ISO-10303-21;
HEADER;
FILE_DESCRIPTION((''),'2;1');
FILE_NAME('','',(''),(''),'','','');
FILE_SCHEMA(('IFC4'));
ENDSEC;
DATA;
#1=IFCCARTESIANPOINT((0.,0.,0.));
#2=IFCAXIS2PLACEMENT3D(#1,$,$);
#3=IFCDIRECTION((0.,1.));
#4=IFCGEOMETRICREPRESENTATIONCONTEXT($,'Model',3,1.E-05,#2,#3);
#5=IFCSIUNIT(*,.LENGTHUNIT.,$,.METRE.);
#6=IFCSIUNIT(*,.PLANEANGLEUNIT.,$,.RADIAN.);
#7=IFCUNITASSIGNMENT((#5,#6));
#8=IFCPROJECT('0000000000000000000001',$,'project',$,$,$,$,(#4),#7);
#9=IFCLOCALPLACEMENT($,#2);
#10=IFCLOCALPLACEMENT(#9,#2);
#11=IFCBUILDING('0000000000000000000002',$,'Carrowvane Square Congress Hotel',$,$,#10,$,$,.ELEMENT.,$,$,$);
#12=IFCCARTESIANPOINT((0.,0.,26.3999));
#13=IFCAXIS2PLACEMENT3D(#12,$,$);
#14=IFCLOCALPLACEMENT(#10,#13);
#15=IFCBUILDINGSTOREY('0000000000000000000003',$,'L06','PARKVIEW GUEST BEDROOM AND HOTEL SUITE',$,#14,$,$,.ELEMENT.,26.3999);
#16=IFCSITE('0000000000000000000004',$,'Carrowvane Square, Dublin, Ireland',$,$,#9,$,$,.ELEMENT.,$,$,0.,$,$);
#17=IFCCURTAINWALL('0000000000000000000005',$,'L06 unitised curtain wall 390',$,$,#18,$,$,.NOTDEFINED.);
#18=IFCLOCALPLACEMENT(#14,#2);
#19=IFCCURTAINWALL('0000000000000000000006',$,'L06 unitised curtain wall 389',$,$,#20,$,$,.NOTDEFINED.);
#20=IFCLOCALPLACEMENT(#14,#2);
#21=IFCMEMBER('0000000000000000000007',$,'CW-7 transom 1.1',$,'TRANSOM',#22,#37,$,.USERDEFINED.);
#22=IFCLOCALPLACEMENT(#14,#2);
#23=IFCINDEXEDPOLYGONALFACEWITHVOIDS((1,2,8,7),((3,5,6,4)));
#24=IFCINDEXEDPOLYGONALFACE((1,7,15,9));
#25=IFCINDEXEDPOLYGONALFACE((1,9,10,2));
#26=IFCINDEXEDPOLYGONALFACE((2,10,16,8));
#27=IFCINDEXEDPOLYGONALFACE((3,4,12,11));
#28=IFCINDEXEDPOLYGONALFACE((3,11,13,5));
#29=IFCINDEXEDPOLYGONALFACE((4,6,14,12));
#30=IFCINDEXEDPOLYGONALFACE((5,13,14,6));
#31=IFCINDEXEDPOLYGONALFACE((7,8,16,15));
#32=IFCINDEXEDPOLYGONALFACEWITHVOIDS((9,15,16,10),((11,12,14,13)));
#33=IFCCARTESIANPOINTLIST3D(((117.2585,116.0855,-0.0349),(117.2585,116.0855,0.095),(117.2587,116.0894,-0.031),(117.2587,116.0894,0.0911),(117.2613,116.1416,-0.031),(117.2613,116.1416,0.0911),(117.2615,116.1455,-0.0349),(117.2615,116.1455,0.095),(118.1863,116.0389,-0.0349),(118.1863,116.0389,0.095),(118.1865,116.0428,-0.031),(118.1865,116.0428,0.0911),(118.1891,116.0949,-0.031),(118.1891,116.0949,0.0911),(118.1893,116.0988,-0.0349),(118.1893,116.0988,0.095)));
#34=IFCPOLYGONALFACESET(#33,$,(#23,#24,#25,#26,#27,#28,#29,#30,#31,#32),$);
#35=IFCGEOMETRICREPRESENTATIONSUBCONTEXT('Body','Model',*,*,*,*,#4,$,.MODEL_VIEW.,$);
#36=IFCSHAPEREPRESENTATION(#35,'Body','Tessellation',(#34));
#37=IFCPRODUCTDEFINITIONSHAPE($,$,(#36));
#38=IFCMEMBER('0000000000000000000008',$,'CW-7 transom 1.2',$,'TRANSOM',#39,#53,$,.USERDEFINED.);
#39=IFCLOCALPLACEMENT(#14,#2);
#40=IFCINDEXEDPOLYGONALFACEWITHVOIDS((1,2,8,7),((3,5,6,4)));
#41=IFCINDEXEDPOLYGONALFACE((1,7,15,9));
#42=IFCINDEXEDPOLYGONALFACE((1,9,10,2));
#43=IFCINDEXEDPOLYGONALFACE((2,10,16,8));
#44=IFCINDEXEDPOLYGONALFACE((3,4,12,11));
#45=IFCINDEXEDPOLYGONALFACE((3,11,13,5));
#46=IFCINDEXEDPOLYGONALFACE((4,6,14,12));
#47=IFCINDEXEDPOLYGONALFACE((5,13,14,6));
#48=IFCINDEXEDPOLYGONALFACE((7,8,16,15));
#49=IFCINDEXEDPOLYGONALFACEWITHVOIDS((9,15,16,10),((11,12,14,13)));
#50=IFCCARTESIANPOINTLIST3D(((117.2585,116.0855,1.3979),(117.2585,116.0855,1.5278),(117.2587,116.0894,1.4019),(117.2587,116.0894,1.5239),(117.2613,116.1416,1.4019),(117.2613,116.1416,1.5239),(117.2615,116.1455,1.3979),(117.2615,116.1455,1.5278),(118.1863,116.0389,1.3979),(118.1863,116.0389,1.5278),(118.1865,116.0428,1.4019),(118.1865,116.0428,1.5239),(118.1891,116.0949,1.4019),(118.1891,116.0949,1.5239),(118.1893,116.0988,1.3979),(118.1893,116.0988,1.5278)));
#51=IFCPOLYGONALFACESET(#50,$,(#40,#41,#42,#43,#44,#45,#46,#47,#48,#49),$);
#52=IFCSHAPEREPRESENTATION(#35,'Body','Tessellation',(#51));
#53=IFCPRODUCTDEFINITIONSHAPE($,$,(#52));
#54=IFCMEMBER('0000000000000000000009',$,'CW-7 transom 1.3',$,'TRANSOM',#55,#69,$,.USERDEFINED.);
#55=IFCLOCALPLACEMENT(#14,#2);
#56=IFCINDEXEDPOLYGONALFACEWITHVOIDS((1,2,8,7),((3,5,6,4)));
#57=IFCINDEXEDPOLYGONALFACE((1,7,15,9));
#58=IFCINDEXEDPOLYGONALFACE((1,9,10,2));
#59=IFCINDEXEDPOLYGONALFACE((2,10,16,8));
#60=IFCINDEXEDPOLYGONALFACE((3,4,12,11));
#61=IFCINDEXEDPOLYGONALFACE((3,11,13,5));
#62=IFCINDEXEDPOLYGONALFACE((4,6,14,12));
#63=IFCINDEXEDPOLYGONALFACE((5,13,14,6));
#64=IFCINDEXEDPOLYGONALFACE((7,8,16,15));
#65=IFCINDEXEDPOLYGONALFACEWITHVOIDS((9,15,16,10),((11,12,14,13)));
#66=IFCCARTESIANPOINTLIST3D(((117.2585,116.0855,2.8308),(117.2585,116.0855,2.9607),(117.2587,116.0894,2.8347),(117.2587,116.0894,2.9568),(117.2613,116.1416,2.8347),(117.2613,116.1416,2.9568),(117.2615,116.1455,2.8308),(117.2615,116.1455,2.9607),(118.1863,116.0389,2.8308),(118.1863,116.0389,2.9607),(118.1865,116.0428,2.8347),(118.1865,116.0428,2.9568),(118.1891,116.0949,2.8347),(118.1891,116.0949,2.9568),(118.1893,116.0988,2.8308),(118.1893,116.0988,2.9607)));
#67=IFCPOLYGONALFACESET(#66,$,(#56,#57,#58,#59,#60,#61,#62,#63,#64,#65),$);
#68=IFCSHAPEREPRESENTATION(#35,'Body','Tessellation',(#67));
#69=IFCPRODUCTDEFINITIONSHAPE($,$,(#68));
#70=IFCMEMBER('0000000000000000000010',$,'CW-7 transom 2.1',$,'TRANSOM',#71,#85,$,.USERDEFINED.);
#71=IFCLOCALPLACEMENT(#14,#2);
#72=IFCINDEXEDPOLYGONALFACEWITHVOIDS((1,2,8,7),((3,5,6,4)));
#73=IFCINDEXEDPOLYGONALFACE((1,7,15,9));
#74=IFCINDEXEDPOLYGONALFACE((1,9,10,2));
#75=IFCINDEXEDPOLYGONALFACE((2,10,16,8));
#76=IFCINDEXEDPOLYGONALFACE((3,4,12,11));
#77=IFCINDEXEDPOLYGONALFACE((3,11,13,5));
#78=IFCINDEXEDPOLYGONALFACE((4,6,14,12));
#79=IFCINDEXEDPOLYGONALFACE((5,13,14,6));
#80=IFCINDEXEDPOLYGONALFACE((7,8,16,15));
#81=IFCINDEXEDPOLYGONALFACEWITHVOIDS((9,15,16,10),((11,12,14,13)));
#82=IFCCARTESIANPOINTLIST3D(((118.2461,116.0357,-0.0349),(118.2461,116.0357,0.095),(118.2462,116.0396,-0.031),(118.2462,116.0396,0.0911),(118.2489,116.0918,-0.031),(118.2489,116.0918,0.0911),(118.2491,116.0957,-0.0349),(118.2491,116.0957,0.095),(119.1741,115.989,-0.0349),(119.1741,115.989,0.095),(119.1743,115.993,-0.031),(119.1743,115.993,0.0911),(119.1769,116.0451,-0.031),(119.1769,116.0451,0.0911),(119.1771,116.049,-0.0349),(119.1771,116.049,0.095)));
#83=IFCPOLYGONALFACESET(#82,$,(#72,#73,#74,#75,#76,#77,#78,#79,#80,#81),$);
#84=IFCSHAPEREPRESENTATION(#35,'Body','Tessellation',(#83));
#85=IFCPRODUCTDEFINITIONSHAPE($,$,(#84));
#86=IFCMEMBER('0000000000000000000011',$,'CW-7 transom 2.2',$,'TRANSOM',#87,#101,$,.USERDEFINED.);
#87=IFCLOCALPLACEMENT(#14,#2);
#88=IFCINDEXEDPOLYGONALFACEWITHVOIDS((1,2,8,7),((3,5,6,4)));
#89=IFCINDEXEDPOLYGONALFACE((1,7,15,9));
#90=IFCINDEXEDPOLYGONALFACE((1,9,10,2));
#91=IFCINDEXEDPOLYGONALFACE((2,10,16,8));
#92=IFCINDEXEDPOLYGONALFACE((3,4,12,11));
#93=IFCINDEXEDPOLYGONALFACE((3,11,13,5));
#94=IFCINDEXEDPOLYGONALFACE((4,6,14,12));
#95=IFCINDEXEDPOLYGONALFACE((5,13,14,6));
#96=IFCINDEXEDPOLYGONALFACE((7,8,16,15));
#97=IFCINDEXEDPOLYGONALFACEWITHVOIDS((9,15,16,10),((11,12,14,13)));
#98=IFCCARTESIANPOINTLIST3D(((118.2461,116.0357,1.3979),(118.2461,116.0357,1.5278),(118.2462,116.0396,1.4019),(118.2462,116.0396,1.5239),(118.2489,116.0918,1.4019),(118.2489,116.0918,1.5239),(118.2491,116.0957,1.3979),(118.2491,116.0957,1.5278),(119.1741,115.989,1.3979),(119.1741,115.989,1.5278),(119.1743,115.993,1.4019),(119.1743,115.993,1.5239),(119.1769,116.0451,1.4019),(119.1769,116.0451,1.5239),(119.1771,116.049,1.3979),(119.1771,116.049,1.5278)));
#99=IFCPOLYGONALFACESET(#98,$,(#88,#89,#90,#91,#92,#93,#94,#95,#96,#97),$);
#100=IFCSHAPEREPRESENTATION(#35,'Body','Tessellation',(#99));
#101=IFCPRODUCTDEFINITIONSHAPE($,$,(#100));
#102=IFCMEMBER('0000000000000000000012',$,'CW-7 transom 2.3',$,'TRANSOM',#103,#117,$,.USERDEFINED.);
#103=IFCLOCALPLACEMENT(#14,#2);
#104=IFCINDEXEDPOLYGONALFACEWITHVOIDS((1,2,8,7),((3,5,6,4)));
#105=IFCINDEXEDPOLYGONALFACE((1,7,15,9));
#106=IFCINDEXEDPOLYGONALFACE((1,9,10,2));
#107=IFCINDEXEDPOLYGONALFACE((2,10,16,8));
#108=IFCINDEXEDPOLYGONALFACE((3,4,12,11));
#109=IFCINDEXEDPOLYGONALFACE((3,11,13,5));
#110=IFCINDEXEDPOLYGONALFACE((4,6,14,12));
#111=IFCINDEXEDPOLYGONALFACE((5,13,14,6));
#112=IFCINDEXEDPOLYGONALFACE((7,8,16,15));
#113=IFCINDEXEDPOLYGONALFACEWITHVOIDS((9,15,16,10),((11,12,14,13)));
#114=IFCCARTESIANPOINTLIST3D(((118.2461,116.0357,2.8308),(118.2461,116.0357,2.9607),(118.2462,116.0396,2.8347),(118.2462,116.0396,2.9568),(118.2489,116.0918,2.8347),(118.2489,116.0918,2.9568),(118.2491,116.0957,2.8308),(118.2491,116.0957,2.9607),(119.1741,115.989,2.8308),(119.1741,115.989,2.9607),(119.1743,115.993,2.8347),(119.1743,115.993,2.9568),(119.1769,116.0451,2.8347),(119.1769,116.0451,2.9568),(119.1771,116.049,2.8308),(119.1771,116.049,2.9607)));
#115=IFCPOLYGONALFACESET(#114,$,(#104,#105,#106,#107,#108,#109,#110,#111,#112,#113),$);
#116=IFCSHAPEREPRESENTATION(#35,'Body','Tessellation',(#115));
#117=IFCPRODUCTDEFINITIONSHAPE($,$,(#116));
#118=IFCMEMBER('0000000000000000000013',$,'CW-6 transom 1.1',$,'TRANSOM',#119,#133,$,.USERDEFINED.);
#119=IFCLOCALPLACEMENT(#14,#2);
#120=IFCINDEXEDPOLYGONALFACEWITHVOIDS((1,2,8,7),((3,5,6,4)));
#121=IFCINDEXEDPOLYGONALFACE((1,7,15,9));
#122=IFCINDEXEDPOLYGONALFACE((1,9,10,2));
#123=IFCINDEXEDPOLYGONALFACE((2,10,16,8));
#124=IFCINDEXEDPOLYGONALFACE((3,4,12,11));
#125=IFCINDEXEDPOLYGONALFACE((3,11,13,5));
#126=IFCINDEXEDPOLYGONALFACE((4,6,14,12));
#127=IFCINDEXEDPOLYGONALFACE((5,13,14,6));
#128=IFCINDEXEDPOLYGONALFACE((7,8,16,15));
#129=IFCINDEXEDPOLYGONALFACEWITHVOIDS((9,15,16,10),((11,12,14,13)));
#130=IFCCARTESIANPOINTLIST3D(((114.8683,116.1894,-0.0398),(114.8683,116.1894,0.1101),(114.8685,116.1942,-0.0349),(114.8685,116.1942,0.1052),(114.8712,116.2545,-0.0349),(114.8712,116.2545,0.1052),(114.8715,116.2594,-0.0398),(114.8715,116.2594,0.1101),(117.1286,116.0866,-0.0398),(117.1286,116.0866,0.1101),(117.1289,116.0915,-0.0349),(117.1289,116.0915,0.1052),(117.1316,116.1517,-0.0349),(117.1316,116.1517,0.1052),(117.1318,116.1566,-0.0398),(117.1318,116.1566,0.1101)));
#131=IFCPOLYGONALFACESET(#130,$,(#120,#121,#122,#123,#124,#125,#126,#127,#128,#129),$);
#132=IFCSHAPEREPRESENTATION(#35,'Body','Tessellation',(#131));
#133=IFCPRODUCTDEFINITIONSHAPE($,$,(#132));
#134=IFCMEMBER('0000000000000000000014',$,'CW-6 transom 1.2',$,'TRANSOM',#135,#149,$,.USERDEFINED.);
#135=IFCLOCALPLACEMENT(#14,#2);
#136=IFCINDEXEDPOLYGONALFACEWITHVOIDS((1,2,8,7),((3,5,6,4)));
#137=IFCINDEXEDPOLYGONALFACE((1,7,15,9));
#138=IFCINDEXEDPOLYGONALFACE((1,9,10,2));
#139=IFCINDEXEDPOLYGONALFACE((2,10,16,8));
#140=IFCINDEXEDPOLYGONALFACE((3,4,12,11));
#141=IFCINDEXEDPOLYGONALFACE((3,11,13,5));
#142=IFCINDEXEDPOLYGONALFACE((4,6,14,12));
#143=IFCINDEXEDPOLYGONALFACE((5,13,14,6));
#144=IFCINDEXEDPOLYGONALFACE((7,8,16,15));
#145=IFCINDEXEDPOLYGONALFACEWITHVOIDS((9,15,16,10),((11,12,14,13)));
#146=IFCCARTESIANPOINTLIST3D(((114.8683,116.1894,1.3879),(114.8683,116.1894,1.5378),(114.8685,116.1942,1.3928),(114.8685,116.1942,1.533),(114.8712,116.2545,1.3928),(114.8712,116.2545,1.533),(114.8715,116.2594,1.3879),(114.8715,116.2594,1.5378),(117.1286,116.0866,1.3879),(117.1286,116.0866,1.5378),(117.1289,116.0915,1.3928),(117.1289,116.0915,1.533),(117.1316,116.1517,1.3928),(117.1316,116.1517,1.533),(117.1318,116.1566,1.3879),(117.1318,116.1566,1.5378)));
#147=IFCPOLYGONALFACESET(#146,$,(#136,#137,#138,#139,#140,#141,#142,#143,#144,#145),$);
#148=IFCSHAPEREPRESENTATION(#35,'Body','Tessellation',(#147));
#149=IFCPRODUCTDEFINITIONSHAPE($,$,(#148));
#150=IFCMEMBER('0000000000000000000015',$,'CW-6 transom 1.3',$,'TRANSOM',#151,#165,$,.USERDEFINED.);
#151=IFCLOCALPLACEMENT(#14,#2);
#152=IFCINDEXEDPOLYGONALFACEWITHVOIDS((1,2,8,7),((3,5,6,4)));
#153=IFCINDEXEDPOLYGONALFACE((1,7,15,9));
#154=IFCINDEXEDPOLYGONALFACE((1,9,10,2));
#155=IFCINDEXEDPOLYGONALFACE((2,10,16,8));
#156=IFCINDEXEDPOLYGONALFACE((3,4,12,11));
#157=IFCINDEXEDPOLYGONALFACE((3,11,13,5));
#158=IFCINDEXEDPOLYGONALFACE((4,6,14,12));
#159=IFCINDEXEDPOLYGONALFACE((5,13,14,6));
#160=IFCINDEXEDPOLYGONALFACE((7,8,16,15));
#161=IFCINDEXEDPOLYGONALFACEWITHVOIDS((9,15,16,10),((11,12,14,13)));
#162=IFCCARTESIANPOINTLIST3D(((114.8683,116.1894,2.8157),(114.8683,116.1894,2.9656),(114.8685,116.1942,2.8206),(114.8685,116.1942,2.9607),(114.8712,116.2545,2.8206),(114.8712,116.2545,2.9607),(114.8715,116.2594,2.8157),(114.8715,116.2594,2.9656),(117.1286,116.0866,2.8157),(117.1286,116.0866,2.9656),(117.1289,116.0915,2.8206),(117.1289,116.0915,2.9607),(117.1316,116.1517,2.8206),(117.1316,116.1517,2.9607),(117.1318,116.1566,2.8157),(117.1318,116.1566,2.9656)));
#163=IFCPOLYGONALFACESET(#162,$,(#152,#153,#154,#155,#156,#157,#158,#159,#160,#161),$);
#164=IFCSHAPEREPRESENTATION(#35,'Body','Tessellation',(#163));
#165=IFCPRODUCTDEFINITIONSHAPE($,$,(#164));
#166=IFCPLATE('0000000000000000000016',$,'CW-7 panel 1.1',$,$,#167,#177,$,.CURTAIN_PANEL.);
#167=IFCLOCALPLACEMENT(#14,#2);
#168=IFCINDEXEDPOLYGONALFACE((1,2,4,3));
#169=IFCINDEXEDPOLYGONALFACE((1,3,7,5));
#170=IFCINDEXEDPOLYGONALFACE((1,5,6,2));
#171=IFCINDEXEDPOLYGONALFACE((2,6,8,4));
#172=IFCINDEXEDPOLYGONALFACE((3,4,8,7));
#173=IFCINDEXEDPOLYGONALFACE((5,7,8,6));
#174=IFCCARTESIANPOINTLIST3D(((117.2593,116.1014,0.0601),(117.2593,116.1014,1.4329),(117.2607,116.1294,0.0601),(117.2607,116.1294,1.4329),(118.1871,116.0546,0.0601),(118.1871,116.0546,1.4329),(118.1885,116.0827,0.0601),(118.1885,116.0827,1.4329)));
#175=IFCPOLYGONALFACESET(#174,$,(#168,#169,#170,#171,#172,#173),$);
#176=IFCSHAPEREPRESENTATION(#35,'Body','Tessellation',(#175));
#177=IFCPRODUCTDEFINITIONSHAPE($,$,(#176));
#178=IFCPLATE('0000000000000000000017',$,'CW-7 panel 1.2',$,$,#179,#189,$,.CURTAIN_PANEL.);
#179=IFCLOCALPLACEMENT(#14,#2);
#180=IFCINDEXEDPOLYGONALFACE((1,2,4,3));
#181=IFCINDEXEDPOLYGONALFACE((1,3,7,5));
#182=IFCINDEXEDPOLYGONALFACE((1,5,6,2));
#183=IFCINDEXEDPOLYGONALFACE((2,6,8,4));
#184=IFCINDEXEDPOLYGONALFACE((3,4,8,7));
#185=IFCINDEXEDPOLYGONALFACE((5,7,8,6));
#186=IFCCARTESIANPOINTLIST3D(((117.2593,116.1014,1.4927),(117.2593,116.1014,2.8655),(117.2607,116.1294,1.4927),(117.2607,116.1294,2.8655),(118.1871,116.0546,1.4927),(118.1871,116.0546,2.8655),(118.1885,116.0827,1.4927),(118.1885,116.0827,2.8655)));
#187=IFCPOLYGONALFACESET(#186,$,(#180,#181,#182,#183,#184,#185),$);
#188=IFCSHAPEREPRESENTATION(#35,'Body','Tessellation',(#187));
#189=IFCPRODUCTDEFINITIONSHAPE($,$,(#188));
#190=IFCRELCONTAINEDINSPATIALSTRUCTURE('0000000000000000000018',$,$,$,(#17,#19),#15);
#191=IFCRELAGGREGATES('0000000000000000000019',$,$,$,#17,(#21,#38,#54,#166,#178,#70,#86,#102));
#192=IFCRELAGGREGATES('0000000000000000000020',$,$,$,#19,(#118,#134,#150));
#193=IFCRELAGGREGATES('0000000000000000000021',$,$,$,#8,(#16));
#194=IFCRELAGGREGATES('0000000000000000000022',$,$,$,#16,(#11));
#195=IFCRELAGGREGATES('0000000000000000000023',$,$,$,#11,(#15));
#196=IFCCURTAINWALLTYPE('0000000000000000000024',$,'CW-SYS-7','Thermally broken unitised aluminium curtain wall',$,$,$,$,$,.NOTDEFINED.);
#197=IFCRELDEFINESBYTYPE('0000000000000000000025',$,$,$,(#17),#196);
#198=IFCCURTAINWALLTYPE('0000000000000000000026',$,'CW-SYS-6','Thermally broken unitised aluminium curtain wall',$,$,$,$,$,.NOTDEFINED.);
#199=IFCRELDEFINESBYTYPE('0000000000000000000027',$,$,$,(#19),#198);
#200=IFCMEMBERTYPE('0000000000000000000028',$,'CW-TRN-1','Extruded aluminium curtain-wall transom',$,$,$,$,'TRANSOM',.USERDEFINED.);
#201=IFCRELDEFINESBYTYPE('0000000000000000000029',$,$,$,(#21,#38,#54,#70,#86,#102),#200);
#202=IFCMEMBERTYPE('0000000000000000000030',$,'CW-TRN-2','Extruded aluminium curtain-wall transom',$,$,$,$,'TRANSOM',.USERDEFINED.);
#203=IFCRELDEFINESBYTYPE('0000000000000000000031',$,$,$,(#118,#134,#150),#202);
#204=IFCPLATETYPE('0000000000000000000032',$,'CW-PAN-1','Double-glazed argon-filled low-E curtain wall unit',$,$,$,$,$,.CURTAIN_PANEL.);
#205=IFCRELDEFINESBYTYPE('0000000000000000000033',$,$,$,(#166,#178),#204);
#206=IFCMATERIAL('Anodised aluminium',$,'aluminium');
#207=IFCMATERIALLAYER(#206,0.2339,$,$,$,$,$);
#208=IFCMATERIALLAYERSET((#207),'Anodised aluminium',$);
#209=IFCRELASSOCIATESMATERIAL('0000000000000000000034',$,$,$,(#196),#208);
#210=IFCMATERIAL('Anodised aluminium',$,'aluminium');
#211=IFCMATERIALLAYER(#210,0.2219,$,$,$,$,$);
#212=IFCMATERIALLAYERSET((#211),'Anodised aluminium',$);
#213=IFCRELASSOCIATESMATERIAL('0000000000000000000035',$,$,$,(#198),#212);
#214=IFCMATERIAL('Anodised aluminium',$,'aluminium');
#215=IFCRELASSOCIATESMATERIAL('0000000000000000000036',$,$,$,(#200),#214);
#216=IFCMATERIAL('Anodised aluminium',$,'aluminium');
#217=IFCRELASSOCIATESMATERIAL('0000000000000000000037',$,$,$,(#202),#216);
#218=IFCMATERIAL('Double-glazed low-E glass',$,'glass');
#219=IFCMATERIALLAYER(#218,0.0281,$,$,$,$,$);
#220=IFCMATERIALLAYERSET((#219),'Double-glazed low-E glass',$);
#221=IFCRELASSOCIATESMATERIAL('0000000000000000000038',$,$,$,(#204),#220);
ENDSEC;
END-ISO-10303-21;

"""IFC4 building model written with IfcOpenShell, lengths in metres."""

from ifc_helpers import new_model, si_unit, direction, frame, origin, origin_2d, place, context, subcontext, project, spatial, rectangle, hollow_rectangle, extrude, material, layer, layer_set, material_profile, profile_set, type_object, element, aggregate, save


model = new_model("IFC4")

# Units and contexts
model_context = context("Model", 3, precision=1e-05, world=origin(), true_north=direction((0.0, 1.0)))
body_context = subcontext(model_context, "Body", "Model", "MODEL_VIEW")
ifc_project = project(units=[si_unit("LENGTHUNIT", "METRE"), si_unit("PLANEANGLEUNIT", "RADIAN")], contexts=[model_context])

# Site, building, storey
site_placement = place(None, origin())
site = spatial("IfcSite", under=ifc_project, at=site_placement, Name="Carrowvane Square, Dublin, Ireland", CompositionType="ELEMENT", RefElevation=0.0)
building_placement = place(site_placement, origin())
building = spatial("IfcBuilding", under=site, at=building_placement, Name="Carrowvane Square Congress Hotel", CompositionType="ELEMENT")
storey_placement = place(building_placement, frame((0.0, 0.0, 26.3999)))
storey = spatial("IfcBuildingStorey", under=building, at=storey_placement, Name="L06", Description="PARKVIEW GUEST BEDROOM AND HOTEL SUITE", CompositionType="ELEMENT", Elevation=26.3999)

# Curtain walls
ifc_material_1 = material(Name="Anodised aluminium", Category="aluminium")
ifc_layer_1 = layer(ifc_material_1, 0.2339)
ifc_layer_set_1 = layer_set([ifc_layer_1], Name="Anodised aluminium")
curtain_wall_type_1 = type_object("IfcCurtainWallType", Name="CW-SYS-7", Description="Thermally broken unitised aluminium curtain wall", PredefinedType="NOTDEFINED", material=ifc_layer_set_1)
curtain_wall_1_placement = place(storey_placement, origin())
curtain_wall_1 = element("IfcCurtainWall", 1, at=curtain_wall_1_placement, inside=storey, type_object=curtain_wall_type_1, Name="L06 unitised curtain wall 390", PredefinedType="NOTDEFINED")
ifc_material_2 = material(Name="Anodised aluminium", Category="aluminium")
ifc_layer_2 = layer(ifc_material_2, 0.2219)
ifc_layer_set_2 = layer_set([ifc_layer_2], Name="Anodised aluminium")
curtain_wall_type_2 = type_object("IfcCurtainWallType", Name="CW-SYS-6", Description="Thermally broken unitised aluminium curtain wall", PredefinedType="NOTDEFINED", material=ifc_layer_set_2)
curtain_wall_2_placement = place(storey_placement, origin())
curtain_wall_2 = element("IfcCurtainWall", 2, at=curtain_wall_2_placement, inside=storey, type_object=curtain_wall_type_2, Name="L06 unitised curtain wall 389", PredefinedType="NOTDEFINED")

# Members
ifc_material_3 = material(Name="Anodised aluminium", Category="aluminium")
ifc_material_profile_1 = material_profile(ifc_material_3, hollow_rectangle(XDim=0.0601, YDim=0.1299, WallThickness=0.0039, at=origin_2d()), Name="CW-TR 60x130x4")
ifc_profile_set_1 = profile_set([ifc_material_profile_1], Name="Anodised aluminium")
member_type_1 = type_object("IfcMemberType", Name="CW-TRN-1", Description="Extruded aluminium curtain-wall transom", ElementType="TRANSOM", PredefinedType="USERDEFINED", material=ifc_profile_set_1)
member_1_placement = place(storey_placement, frame((117.26, 116.1155, 0.03), z_axis=(0.998739, -0.0502, 0.0), x_axis=(0.0502, 0.998739, 0.0)))
member_1 = element("IfcMember", 3, at=member_1_placement, type_object=member_type_1, Name="CW-7 transom 1.1", ObjectType="TRANSOM", PredefinedType="USERDEFINED", context=body_context, shape_type="SweptSolid", body=[
    extrude(hollow_rectangle(XDim=0.0601, YDim=0.1299, WallThickness=0.0039, at=origin_2d()), origin(), (0.0, 0.0, 1.0), 0.929),
])
member_2_placement = place(storey_placement, frame((117.26, 116.1155, 1.4629), z_axis=(0.998739, -0.0502, 0.0), x_axis=(0.0502, 0.998739, 0.0)))
member_2 = element("IfcMember", 4, at=member_2_placement, type_object=member_type_1, Name="CW-7 transom 1.2", ObjectType="TRANSOM", PredefinedType="USERDEFINED", context=body_context, shape_type="SweptSolid", body=[
    extrude(hollow_rectangle(XDim=0.0601, YDim=0.1299, WallThickness=0.0039, at=origin_2d()), origin(), (0.0, 0.0, 1.0), 0.929),
])
member_3_placement = place(storey_placement, frame((117.26, 116.1155, 2.8958), z_axis=(0.998739, -0.0502, 0.0), x_axis=(0.0502, 0.998739, 0.0)))
member_3 = element("IfcMember", 5, at=member_3_placement, type_object=member_type_1, Name="CW-7 transom 1.3", ObjectType="TRANSOM", PredefinedType="USERDEFINED", context=body_context, shape_type="SweptSolid", body=[
    extrude(hollow_rectangle(XDim=0.0601, YDim=0.1299, WallThickness=0.0039, at=origin_2d()), origin(), (0.0, 0.0, 1.0), 0.929),
])
member_4_placement = place(storey_placement, frame((118.2476, 116.0657, 0.03), z_axis=(0.99874, -0.050187, 0.0), x_axis=(0.050187, 0.99874, 0.0)))
member_4 = element("IfcMember", 6, at=member_4_placement, type_object=member_type_1, Name="CW-7 transom 2.1", ObjectType="TRANSOM", PredefinedType="USERDEFINED", context=body_context, shape_type="SweptSolid", body=[
    extrude(hollow_rectangle(XDim=0.0601, YDim=0.1299, WallThickness=0.0039, at=origin_2d()), origin(), (0.0, 0.0, 1.0), 0.9292),
])
member_5_placement = place(storey_placement, frame((118.2476, 116.0657, 1.4629), z_axis=(0.99874, -0.050187, 0.0), x_axis=(0.050187, 0.99874, 0.0)))
member_5 = element("IfcMember", 7, at=member_5_placement, type_object=member_type_1, Name="CW-7 transom 2.2", ObjectType="TRANSOM", PredefinedType="USERDEFINED", context=body_context, shape_type="SweptSolid", body=[
    extrude(hollow_rectangle(XDim=0.0601, YDim=0.1299, WallThickness=0.0039, at=origin_2d()), origin(), (0.0, 0.0, 1.0), 0.9292),
])
member_6_placement = place(storey_placement, frame((118.2476, 116.0657, 2.8958), z_axis=(0.99874, -0.050187, 0.0), x_axis=(0.050187, 0.99874, 0.0)))
member_6 = element("IfcMember", 8, at=member_6_placement, type_object=member_type_1, Name="CW-7 transom 2.3", ObjectType="TRANSOM", PredefinedType="USERDEFINED", context=body_context, shape_type="SweptSolid", body=[
    extrude(hollow_rectangle(XDim=0.0601, YDim=0.1299, WallThickness=0.0039, at=origin_2d()), origin(), (0.0, 0.0, 1.0), 0.9292),
])
ifc_material_4 = material(Name="Anodised aluminium", Category="aluminium")
ifc_material_profile_2 = material_profile(ifc_material_4, hollow_rectangle(XDim=0.0701, YDim=0.1499, WallThickness=0.0049, at=origin_2d()), Name="CW-TR 70x150x5")
ifc_profile_set_2 = profile_set([ifc_material_profile_2], Name="Anodised aluminium")
member_type_2 = type_object("IfcMemberType", Name="CW-TRN-2", Description="Extruded aluminium curtain-wall transom", ElementType="TRANSOM", PredefinedType="USERDEFINED", material=ifc_profile_set_2)
member_7_placement = place(storey_placement, frame((114.8699, 116.2244, 0.0352), z_axis=(0.998968, -0.045427, 0.0), x_axis=(0.045427, 0.998968, 0.0)))
member_7 = element("IfcMember", 9, at=member_7_placement, type_object=member_type_2, Name="CW-6 transom 1.1", ObjectType="TRANSOM", PredefinedType="USERDEFINED", context=body_context, shape_type="SweptSolid", body=[
    extrude(hollow_rectangle(XDim=0.0701, YDim=0.1499, WallThickness=0.0049, at=origin_2d()), origin(), (0.0, 0.0, 1.0), 2.2627),
])
member_8_placement = place(storey_placement, frame((114.8699, 116.2244, 1.4629), z_axis=(0.998968, -0.045427, 0.0), x_axis=(0.045427, 0.998968, 0.0)))
member_8 = element("IfcMember", 10, at=member_8_placement, type_object=member_type_2, Name="CW-6 transom 1.2", ObjectType="TRANSOM", PredefinedType="USERDEFINED", context=body_context, shape_type="SweptSolid", body=[
    extrude(hollow_rectangle(XDim=0.0701, YDim=0.1499, WallThickness=0.0049, at=origin_2d()), origin(), (0.0, 0.0, 1.0), 2.2627),
])
member_9_placement = place(storey_placement, frame((114.8699, 116.2244, 2.8906), z_axis=(0.998968, -0.045427, 0.0), x_axis=(0.045427, 0.998968, 0.0)))
member_9 = element("IfcMember", 11, at=member_9_placement, type_object=member_type_2, Name="CW-6 transom 1.3", ObjectType="TRANSOM", PredefinedType="USERDEFINED", context=body_context, shape_type="SweptSolid", body=[
    extrude(hollow_rectangle(XDim=0.0701, YDim=0.1499, WallThickness=0.0049, at=origin_2d()), origin(), (0.0, 0.0, 1.0), 2.2627),
])

# Plates
ifc_material_5 = material(Name="Double-glazed low-E glass", Category="glass")
ifc_layer_3 = layer(ifc_material_5, 0.0281)
ifc_layer_set_3 = layer_set([ifc_layer_3], Name="Double-glazed low-E glass")
plate_type_1 = type_object("IfcPlateType", Name="CW-PAN-1", Description="Double-glazed argon-filled low-E curtain wall unit", PredefinedType="CURTAIN_PANEL", material=ifc_layer_set_3)
plate_1_placement = place(storey_placement, frame((117.7239, 116.092, 0.0601), z_axis=(0.0, 0.0, 1.0), x_axis=(0.998733, -0.050324, 0.0)))
plate_1 = element("IfcPlate", 12, at=plate_1_placement, type_object=plate_type_1, Name="CW-7 panel 1.1", PredefinedType="CURTAIN_PANEL", context=body_context, shape_type="SweptSolid", body=[
    extrude(rectangle(XDim=0.929, YDim=0.0281, at=origin_2d()), origin(), (0.0, 0.0, 1.0), 1.3728),
])
plate_2_placement = place(storey_placement, frame((117.7239, 116.092, 1.4927), z_axis=(0.0, 0.0, 1.0), x_axis=(0.998733, -0.050324, 0.0)))
plate_2 = element("IfcPlate", 13, at=plate_2_placement, type_object=plate_type_1, Name="CW-7 panel 1.2", PredefinedType="CURTAIN_PANEL", context=body_context, shape_type="SweptSolid", body=[
    extrude(rectangle(XDim=0.929, YDim=0.0281, at=origin_2d()), origin(), (0.0, 0.0, 1.0), 1.3728),
])
aggregate(curtain_wall_1, [member_1, member_2, member_3, plate_1, plate_2, member_4, member_5, member_6])
aggregate(curtain_wall_2, [member_7, member_8, member_9])

save(model, "model.ifc")
